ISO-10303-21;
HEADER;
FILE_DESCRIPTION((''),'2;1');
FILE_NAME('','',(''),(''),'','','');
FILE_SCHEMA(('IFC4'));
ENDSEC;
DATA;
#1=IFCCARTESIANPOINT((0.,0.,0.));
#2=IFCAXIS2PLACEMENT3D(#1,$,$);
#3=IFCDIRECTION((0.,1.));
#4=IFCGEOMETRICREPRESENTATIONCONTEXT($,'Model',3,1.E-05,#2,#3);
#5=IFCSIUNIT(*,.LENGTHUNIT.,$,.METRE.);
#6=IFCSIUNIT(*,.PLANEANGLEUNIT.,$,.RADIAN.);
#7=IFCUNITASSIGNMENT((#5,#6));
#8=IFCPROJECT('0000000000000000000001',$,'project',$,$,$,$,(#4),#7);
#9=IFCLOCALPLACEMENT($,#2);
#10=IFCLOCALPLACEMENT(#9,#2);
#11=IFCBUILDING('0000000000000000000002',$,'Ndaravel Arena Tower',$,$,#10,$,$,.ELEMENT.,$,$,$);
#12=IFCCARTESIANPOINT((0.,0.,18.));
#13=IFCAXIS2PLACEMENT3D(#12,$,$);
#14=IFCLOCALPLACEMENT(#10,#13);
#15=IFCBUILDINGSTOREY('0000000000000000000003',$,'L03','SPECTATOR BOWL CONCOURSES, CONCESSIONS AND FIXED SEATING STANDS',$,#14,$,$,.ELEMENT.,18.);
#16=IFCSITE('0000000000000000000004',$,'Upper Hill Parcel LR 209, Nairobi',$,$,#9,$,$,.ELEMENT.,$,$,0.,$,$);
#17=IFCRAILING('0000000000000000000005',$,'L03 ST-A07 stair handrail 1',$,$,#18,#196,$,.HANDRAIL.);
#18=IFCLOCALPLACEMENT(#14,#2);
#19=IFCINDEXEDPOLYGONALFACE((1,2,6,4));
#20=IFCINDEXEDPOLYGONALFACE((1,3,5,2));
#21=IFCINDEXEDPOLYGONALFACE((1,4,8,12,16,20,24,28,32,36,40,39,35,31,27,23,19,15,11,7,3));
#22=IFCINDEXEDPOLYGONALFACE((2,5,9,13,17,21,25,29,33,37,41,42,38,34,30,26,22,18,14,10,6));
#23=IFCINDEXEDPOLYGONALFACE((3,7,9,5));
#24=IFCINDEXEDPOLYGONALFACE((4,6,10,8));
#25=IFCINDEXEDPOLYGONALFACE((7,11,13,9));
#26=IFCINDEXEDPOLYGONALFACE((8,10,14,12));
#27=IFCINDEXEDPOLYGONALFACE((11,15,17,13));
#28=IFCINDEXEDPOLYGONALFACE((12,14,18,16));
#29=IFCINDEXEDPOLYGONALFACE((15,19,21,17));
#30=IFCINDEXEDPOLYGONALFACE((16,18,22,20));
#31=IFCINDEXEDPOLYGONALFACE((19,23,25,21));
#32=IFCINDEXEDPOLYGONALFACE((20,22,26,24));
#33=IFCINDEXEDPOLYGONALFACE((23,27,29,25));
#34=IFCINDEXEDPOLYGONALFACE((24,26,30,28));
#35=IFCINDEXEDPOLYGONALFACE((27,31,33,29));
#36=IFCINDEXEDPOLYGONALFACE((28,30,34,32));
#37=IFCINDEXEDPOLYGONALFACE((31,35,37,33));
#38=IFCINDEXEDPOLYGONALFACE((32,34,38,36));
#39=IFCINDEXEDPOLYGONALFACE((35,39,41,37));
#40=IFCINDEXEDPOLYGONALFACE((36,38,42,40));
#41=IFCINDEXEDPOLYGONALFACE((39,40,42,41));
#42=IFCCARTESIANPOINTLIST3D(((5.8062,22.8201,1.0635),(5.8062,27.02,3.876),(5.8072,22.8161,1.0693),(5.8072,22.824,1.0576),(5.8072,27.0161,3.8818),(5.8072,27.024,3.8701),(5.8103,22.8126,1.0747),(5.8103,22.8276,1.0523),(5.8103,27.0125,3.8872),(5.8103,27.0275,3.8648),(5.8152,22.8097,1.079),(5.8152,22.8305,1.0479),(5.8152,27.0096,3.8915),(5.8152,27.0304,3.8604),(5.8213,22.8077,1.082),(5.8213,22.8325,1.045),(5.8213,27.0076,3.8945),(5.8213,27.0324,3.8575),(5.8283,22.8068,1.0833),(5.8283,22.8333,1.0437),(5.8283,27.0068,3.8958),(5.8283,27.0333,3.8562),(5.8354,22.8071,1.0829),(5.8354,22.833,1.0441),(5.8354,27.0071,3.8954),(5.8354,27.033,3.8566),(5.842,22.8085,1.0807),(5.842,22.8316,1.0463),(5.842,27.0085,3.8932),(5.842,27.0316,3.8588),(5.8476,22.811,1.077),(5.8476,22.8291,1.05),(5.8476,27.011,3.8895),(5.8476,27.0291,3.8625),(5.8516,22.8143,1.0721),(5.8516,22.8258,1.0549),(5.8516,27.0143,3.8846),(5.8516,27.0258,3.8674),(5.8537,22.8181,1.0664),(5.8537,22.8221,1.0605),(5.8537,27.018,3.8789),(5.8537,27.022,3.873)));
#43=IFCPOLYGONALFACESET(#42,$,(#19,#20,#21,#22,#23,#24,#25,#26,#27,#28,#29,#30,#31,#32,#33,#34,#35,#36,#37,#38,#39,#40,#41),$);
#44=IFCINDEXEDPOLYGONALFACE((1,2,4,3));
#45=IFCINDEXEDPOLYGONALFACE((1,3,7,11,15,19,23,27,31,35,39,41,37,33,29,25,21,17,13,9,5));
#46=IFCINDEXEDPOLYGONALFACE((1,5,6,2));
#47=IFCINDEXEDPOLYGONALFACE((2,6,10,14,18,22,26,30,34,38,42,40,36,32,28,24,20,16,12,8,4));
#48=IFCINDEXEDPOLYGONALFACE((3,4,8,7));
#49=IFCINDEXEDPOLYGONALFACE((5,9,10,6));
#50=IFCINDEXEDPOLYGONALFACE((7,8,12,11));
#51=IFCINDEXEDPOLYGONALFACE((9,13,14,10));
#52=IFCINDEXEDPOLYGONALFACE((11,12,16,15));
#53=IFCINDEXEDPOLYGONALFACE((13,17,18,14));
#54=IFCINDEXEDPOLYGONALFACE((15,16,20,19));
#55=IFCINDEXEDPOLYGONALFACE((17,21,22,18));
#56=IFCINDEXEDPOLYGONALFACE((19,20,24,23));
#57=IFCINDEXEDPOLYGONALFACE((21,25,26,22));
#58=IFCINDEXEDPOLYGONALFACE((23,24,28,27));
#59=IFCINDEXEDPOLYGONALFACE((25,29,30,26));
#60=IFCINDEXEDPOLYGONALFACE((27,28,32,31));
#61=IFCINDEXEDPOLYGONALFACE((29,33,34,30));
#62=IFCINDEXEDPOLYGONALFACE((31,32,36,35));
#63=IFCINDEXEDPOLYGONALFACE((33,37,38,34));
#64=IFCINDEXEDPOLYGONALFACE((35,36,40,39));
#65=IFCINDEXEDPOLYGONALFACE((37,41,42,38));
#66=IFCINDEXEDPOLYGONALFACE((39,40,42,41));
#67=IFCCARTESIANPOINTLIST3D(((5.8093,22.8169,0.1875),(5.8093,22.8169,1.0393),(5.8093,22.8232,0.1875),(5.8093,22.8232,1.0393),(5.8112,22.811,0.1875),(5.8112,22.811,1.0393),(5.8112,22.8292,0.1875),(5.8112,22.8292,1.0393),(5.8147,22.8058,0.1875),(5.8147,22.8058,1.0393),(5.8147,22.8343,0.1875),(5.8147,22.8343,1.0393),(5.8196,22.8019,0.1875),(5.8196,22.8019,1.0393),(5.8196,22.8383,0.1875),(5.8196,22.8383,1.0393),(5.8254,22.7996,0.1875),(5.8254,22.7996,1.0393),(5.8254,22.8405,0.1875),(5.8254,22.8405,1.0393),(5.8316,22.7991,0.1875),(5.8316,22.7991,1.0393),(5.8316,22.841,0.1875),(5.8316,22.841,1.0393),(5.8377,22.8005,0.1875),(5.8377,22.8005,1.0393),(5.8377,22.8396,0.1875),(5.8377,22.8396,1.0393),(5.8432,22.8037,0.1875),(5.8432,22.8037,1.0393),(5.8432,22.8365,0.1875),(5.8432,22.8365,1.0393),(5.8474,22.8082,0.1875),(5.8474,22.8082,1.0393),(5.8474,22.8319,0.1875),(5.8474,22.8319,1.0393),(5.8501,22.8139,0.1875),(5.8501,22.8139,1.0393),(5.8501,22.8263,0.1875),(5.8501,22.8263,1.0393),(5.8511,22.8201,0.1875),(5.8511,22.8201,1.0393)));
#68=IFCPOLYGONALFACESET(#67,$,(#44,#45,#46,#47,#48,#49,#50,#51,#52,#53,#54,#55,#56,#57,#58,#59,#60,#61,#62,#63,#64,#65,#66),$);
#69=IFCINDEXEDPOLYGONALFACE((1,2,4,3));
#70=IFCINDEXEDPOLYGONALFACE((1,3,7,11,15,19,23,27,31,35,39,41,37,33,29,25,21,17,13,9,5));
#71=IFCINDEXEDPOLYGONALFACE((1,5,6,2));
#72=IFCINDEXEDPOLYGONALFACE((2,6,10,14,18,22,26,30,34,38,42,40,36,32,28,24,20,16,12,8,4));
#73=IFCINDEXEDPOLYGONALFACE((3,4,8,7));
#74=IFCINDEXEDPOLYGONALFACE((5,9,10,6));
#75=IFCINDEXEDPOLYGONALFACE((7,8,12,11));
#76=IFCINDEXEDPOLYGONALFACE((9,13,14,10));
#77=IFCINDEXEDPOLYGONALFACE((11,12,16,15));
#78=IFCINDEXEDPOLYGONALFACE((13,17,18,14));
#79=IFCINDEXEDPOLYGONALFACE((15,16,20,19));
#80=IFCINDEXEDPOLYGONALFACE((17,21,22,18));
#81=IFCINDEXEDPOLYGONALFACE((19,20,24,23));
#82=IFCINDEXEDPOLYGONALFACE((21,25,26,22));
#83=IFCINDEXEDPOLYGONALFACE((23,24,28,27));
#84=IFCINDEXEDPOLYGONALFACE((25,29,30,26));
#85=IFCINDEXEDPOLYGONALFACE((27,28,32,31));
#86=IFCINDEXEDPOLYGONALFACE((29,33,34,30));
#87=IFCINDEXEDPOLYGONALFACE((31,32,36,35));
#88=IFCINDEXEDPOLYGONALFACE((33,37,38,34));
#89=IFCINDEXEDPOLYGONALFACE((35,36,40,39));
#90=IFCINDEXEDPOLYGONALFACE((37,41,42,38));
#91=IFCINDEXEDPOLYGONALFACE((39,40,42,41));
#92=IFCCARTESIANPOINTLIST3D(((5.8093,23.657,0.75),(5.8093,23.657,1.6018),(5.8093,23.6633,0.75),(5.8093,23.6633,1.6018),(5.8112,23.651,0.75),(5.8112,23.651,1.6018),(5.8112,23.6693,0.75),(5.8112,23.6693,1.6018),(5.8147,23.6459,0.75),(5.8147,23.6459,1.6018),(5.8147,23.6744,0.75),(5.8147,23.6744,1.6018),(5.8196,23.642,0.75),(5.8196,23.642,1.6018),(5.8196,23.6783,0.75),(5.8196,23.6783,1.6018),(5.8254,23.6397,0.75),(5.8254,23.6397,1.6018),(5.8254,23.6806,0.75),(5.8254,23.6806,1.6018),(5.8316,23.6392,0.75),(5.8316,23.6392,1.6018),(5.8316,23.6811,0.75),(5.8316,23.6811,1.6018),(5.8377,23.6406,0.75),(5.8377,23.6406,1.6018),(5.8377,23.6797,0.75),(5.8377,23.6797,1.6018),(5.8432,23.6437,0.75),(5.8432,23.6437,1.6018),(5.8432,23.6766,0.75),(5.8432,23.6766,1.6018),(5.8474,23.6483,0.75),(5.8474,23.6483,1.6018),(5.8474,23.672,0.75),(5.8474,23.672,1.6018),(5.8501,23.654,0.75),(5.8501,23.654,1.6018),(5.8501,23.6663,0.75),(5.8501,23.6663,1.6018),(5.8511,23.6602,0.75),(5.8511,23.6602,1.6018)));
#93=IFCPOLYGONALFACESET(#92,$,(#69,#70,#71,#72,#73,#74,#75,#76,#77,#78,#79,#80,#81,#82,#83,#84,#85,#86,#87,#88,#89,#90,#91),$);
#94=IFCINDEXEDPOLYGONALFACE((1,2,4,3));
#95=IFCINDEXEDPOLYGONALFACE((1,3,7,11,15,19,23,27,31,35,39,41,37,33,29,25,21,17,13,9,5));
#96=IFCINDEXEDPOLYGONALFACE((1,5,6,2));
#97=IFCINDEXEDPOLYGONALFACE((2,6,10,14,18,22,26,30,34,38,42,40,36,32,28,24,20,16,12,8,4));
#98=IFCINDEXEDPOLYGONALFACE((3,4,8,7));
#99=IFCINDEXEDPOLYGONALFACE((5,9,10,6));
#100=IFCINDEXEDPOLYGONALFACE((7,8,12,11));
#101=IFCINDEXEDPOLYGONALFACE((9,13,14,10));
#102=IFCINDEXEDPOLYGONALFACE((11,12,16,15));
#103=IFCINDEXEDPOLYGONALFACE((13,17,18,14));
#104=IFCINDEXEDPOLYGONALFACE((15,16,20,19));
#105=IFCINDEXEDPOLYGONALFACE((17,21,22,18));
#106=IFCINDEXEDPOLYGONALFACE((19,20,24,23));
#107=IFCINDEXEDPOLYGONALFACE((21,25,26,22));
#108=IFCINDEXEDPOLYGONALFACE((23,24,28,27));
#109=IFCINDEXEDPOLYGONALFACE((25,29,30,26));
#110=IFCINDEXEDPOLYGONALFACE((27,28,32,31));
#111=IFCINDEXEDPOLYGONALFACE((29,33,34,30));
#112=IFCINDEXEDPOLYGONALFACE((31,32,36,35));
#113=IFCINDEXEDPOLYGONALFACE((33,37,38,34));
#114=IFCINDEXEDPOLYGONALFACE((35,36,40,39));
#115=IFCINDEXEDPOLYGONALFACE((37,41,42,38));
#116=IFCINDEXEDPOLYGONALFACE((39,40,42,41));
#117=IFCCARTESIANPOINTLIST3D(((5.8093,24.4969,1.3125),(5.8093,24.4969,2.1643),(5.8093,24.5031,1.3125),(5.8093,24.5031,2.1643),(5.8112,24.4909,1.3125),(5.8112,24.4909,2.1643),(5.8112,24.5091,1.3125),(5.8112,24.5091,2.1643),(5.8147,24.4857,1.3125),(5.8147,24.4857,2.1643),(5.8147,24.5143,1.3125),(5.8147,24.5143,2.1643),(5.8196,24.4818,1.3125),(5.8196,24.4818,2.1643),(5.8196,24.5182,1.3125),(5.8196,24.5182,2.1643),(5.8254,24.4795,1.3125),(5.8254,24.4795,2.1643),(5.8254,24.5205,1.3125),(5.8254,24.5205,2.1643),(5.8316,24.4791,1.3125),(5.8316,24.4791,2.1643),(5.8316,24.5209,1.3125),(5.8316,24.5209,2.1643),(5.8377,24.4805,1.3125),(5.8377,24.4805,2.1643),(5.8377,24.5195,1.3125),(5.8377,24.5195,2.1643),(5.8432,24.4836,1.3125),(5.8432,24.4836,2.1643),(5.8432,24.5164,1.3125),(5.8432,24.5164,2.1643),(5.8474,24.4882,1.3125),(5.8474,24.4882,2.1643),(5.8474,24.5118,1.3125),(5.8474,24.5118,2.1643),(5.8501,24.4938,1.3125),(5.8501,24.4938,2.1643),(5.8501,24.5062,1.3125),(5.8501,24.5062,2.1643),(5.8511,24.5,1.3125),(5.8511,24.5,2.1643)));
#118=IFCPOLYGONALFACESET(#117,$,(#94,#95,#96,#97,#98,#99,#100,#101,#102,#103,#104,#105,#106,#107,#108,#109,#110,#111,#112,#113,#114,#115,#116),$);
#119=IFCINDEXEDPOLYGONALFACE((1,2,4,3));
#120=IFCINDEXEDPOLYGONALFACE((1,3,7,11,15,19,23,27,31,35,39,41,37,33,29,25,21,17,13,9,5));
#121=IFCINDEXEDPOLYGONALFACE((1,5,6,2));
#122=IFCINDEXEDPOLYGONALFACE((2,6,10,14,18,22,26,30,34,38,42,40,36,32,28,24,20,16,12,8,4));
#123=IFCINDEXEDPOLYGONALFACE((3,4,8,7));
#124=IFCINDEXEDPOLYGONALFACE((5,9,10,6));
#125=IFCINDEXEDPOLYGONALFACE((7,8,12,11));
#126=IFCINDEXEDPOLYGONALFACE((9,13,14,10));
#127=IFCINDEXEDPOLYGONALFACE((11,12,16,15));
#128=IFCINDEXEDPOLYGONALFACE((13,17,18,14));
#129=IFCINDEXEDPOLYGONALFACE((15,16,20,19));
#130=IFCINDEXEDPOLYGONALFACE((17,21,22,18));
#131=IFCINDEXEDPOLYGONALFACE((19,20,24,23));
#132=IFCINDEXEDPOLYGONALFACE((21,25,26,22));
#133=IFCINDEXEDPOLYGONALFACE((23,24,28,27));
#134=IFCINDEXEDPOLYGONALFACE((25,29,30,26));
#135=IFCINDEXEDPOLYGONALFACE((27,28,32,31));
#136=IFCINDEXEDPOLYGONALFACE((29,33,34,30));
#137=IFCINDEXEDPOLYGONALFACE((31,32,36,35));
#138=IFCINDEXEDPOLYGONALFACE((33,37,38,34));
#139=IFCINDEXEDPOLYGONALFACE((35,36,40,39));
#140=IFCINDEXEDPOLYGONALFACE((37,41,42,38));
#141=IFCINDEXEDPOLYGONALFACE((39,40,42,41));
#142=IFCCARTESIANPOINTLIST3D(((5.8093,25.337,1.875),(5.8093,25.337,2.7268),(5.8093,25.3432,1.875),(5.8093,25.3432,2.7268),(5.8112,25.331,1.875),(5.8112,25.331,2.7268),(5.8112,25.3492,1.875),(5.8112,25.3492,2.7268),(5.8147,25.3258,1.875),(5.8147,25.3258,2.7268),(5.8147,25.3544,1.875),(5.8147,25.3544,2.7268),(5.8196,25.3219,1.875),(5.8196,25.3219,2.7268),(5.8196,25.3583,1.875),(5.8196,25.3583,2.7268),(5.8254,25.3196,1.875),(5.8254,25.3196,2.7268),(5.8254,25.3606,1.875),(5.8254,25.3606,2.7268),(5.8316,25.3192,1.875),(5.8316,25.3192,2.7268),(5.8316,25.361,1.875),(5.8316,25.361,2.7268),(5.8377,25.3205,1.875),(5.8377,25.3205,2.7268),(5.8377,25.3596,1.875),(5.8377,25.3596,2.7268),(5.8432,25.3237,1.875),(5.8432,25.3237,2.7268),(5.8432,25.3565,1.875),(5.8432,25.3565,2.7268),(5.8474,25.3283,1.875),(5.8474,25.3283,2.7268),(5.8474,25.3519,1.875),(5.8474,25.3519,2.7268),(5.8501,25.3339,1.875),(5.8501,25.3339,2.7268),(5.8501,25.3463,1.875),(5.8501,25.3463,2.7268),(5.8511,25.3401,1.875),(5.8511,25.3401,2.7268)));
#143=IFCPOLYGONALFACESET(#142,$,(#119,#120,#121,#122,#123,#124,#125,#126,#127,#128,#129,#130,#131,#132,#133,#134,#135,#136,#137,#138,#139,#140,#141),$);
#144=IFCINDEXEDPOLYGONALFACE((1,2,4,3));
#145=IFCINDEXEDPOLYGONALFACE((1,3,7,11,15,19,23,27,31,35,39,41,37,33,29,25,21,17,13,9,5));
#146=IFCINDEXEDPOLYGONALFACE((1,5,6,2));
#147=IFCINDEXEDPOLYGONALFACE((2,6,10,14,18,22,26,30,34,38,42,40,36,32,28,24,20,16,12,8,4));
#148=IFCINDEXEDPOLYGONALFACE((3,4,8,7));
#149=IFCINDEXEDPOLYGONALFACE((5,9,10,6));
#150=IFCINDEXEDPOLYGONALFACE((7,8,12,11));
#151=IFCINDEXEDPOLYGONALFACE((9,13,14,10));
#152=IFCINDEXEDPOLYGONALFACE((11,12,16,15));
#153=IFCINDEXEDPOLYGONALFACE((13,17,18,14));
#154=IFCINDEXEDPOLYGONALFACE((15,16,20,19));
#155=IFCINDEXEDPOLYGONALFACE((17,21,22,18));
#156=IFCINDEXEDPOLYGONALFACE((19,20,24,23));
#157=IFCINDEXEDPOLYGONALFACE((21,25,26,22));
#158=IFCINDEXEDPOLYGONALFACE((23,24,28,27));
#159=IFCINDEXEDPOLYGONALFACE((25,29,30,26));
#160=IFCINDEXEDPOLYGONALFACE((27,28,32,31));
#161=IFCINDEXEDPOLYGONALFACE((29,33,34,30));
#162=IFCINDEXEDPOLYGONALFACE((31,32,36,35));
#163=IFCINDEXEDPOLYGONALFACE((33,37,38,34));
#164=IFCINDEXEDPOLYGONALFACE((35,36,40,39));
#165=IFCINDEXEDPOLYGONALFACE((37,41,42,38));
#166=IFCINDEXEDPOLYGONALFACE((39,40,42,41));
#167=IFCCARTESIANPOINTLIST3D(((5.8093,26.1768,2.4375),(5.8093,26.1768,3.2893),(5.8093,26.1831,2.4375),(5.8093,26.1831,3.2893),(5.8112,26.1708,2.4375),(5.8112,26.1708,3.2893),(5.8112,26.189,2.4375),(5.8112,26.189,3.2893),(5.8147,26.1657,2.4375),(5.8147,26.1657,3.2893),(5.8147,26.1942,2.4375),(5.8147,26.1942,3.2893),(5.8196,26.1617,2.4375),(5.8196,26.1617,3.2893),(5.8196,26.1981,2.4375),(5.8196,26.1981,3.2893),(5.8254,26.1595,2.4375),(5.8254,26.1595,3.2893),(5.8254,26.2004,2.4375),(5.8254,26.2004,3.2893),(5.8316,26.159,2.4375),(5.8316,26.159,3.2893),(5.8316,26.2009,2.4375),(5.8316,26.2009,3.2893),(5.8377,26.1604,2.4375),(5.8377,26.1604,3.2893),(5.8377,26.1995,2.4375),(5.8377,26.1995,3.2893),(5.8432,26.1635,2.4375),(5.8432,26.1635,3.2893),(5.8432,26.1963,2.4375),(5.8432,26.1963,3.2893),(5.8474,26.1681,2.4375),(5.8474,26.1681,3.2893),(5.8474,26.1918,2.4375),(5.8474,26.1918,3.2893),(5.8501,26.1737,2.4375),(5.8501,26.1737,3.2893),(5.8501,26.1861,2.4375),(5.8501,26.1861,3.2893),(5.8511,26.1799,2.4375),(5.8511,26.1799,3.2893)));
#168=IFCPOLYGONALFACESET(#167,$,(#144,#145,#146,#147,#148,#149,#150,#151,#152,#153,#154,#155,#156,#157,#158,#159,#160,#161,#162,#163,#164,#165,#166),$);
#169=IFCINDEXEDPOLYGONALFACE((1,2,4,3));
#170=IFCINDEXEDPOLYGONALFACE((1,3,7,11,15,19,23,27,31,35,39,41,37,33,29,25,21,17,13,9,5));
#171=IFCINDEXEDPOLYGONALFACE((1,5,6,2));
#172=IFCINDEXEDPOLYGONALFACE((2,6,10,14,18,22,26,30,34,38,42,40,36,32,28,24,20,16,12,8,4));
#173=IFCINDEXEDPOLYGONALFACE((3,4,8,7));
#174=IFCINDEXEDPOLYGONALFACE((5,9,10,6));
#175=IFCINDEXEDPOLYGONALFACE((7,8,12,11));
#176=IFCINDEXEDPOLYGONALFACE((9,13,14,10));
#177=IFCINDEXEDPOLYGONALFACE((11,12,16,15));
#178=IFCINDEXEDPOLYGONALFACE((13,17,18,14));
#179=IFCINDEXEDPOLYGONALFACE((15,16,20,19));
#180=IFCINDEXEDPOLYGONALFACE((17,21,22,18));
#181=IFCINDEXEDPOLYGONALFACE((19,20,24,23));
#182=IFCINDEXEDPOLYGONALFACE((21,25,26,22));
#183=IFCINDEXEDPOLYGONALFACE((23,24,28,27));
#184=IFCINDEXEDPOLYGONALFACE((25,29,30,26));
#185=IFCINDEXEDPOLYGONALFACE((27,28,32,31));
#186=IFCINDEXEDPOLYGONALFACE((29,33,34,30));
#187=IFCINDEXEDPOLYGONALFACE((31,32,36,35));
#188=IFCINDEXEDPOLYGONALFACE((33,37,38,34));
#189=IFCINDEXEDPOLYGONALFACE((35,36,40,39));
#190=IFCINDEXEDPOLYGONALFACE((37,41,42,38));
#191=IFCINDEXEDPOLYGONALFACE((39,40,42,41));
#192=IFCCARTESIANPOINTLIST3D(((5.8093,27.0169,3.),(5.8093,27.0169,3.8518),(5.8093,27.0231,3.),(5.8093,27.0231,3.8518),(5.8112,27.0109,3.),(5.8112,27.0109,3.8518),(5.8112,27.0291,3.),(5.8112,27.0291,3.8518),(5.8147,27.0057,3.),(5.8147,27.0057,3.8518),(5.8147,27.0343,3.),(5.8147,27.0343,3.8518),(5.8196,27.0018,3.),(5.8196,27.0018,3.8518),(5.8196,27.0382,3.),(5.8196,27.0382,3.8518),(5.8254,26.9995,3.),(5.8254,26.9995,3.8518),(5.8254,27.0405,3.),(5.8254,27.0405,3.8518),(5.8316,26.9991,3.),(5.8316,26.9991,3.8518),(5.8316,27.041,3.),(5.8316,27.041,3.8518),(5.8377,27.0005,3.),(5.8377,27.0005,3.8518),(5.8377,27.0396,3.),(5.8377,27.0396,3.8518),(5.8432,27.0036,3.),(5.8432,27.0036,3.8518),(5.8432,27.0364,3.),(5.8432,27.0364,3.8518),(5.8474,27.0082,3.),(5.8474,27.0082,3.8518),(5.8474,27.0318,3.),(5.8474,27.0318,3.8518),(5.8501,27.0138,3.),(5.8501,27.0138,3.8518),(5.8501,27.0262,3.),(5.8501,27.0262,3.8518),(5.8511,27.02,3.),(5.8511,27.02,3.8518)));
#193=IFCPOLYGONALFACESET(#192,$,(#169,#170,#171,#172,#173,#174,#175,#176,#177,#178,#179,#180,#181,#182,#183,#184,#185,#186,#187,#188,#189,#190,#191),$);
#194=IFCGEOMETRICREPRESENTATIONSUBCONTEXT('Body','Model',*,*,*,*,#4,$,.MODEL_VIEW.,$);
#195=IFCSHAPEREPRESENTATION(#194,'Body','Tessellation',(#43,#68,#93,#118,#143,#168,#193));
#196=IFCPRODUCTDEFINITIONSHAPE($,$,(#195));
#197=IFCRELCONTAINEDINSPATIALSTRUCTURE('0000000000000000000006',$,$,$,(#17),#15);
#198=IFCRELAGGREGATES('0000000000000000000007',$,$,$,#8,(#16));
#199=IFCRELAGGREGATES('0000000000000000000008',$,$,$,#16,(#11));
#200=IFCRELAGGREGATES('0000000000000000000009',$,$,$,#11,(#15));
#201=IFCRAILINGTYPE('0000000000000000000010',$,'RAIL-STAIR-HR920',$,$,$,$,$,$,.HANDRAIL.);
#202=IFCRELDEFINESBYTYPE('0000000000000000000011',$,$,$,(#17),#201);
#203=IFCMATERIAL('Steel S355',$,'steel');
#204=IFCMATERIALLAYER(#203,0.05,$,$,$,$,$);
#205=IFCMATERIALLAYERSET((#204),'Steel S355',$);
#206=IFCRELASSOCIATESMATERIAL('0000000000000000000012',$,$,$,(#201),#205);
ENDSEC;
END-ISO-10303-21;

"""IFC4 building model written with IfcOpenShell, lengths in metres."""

from ifc_helpers import new_model, si_unit, direction, frame, origin, origin_2d, place, context, subcontext, project, spatial, circle, extrude, material, layer, layer_set, type_object, element, save


model = new_model("IFC4")

# Units and contexts
model_context = context("Model", 3, precision=1e-05, world=origin(), true_north=direction((0.0, 1.0)))
body_context = subcontext(model_context, "Body", "Model", "MODEL_VIEW")
ifc_project = project(units=[si_unit("LENGTHUNIT", "METRE"), si_unit("PLANEANGLEUNIT", "RADIAN")], contexts=[model_context])

# Site, building, storey
site_placement = place(None, origin())
site = spatial("IfcSite", under=ifc_project, at=site_placement, Name="Upper Hill Parcel LR 209, Nairobi", CompositionType="ELEMENT", RefElevation=0.0)
building_placement = place(site_placement, origin())
building = spatial("IfcBuilding", under=site, at=building_placement, Name="Ndaravel Arena Tower", CompositionType="ELEMENT")
storey_placement = place(building_placement, frame((0.0, 0.0, 18.0)))
storey = spatial("IfcBuildingStorey", under=building, at=storey_placement, Name="L03", Description="SPECTATOR BOWL CONCOURSES, CONCESSIONS AND FIXED SEATING STANDS", CompositionType="ELEMENT", Elevation=18.0)

# Railing
ifc_material_1 = material(Name="Steel S355", Category="steel")
ifc_layer_1 = layer(ifc_material_1, 0.05)
ifc_layer_set_1 = layer_set([ifc_layer_1], Name="Steel S355")
railing_type_1 = type_object("IfcRailingType", Name="RAIL-STAIR-HR920", PredefinedType="HANDRAIL", material=ifc_layer_set_1)
railing_1_placement = place(storey_placement, frame((5.8301, 22.8201, 0.1875)))
element("IfcRailing", 1, at=railing_1_placement, inside=storey, type_object=railing_type_1, Name="L03 ST-A07 stair handrail 1", PredefinedType="HANDRAIL", context=body_context, shape_type="SweptSolid", body=[
    extrude(circle(Radius=0.0239, at=origin_2d()), frame((0.0, 0.0, 0.876), z_axis=(0.0, 0.830904, 0.556416), x_axis=(-1.0, 0.0, 0.0)), (0.0, 0.0, 1.0), 5.0547),
    extrude(circle(Radius=0.021, at=origin_2d()), origin(), (0.0, 0.0, 1.0), 0.8518),
    extrude(circle(Radius=0.021, at=origin_2d()), frame((0.0, 0.8401, 0.5625)), (0.0, 0.0, 1.0), 0.8518),
    extrude(circle(Radius=0.021, at=origin_2d()), frame((0.0, 1.6799, 1.125)), (0.0, 0.0, 1.0), 0.8518),
    extrude(circle(Radius=0.021, at=origin_2d()), frame((0.0, 2.52, 1.6875)), (0.0, 0.0, 1.0), 0.8518),
    extrude(circle(Radius=0.021, at=origin_2d()), frame((0.0, 3.3599, 2.25)), (0.0, 0.0, 1.0), 0.8518),
    extrude(circle(Radius=0.021, at=origin_2d()), frame((0.0, 4.2, 2.8125)), (0.0, 0.0, 1.0), 0.8518),
])

save(model, "model.ifc")
